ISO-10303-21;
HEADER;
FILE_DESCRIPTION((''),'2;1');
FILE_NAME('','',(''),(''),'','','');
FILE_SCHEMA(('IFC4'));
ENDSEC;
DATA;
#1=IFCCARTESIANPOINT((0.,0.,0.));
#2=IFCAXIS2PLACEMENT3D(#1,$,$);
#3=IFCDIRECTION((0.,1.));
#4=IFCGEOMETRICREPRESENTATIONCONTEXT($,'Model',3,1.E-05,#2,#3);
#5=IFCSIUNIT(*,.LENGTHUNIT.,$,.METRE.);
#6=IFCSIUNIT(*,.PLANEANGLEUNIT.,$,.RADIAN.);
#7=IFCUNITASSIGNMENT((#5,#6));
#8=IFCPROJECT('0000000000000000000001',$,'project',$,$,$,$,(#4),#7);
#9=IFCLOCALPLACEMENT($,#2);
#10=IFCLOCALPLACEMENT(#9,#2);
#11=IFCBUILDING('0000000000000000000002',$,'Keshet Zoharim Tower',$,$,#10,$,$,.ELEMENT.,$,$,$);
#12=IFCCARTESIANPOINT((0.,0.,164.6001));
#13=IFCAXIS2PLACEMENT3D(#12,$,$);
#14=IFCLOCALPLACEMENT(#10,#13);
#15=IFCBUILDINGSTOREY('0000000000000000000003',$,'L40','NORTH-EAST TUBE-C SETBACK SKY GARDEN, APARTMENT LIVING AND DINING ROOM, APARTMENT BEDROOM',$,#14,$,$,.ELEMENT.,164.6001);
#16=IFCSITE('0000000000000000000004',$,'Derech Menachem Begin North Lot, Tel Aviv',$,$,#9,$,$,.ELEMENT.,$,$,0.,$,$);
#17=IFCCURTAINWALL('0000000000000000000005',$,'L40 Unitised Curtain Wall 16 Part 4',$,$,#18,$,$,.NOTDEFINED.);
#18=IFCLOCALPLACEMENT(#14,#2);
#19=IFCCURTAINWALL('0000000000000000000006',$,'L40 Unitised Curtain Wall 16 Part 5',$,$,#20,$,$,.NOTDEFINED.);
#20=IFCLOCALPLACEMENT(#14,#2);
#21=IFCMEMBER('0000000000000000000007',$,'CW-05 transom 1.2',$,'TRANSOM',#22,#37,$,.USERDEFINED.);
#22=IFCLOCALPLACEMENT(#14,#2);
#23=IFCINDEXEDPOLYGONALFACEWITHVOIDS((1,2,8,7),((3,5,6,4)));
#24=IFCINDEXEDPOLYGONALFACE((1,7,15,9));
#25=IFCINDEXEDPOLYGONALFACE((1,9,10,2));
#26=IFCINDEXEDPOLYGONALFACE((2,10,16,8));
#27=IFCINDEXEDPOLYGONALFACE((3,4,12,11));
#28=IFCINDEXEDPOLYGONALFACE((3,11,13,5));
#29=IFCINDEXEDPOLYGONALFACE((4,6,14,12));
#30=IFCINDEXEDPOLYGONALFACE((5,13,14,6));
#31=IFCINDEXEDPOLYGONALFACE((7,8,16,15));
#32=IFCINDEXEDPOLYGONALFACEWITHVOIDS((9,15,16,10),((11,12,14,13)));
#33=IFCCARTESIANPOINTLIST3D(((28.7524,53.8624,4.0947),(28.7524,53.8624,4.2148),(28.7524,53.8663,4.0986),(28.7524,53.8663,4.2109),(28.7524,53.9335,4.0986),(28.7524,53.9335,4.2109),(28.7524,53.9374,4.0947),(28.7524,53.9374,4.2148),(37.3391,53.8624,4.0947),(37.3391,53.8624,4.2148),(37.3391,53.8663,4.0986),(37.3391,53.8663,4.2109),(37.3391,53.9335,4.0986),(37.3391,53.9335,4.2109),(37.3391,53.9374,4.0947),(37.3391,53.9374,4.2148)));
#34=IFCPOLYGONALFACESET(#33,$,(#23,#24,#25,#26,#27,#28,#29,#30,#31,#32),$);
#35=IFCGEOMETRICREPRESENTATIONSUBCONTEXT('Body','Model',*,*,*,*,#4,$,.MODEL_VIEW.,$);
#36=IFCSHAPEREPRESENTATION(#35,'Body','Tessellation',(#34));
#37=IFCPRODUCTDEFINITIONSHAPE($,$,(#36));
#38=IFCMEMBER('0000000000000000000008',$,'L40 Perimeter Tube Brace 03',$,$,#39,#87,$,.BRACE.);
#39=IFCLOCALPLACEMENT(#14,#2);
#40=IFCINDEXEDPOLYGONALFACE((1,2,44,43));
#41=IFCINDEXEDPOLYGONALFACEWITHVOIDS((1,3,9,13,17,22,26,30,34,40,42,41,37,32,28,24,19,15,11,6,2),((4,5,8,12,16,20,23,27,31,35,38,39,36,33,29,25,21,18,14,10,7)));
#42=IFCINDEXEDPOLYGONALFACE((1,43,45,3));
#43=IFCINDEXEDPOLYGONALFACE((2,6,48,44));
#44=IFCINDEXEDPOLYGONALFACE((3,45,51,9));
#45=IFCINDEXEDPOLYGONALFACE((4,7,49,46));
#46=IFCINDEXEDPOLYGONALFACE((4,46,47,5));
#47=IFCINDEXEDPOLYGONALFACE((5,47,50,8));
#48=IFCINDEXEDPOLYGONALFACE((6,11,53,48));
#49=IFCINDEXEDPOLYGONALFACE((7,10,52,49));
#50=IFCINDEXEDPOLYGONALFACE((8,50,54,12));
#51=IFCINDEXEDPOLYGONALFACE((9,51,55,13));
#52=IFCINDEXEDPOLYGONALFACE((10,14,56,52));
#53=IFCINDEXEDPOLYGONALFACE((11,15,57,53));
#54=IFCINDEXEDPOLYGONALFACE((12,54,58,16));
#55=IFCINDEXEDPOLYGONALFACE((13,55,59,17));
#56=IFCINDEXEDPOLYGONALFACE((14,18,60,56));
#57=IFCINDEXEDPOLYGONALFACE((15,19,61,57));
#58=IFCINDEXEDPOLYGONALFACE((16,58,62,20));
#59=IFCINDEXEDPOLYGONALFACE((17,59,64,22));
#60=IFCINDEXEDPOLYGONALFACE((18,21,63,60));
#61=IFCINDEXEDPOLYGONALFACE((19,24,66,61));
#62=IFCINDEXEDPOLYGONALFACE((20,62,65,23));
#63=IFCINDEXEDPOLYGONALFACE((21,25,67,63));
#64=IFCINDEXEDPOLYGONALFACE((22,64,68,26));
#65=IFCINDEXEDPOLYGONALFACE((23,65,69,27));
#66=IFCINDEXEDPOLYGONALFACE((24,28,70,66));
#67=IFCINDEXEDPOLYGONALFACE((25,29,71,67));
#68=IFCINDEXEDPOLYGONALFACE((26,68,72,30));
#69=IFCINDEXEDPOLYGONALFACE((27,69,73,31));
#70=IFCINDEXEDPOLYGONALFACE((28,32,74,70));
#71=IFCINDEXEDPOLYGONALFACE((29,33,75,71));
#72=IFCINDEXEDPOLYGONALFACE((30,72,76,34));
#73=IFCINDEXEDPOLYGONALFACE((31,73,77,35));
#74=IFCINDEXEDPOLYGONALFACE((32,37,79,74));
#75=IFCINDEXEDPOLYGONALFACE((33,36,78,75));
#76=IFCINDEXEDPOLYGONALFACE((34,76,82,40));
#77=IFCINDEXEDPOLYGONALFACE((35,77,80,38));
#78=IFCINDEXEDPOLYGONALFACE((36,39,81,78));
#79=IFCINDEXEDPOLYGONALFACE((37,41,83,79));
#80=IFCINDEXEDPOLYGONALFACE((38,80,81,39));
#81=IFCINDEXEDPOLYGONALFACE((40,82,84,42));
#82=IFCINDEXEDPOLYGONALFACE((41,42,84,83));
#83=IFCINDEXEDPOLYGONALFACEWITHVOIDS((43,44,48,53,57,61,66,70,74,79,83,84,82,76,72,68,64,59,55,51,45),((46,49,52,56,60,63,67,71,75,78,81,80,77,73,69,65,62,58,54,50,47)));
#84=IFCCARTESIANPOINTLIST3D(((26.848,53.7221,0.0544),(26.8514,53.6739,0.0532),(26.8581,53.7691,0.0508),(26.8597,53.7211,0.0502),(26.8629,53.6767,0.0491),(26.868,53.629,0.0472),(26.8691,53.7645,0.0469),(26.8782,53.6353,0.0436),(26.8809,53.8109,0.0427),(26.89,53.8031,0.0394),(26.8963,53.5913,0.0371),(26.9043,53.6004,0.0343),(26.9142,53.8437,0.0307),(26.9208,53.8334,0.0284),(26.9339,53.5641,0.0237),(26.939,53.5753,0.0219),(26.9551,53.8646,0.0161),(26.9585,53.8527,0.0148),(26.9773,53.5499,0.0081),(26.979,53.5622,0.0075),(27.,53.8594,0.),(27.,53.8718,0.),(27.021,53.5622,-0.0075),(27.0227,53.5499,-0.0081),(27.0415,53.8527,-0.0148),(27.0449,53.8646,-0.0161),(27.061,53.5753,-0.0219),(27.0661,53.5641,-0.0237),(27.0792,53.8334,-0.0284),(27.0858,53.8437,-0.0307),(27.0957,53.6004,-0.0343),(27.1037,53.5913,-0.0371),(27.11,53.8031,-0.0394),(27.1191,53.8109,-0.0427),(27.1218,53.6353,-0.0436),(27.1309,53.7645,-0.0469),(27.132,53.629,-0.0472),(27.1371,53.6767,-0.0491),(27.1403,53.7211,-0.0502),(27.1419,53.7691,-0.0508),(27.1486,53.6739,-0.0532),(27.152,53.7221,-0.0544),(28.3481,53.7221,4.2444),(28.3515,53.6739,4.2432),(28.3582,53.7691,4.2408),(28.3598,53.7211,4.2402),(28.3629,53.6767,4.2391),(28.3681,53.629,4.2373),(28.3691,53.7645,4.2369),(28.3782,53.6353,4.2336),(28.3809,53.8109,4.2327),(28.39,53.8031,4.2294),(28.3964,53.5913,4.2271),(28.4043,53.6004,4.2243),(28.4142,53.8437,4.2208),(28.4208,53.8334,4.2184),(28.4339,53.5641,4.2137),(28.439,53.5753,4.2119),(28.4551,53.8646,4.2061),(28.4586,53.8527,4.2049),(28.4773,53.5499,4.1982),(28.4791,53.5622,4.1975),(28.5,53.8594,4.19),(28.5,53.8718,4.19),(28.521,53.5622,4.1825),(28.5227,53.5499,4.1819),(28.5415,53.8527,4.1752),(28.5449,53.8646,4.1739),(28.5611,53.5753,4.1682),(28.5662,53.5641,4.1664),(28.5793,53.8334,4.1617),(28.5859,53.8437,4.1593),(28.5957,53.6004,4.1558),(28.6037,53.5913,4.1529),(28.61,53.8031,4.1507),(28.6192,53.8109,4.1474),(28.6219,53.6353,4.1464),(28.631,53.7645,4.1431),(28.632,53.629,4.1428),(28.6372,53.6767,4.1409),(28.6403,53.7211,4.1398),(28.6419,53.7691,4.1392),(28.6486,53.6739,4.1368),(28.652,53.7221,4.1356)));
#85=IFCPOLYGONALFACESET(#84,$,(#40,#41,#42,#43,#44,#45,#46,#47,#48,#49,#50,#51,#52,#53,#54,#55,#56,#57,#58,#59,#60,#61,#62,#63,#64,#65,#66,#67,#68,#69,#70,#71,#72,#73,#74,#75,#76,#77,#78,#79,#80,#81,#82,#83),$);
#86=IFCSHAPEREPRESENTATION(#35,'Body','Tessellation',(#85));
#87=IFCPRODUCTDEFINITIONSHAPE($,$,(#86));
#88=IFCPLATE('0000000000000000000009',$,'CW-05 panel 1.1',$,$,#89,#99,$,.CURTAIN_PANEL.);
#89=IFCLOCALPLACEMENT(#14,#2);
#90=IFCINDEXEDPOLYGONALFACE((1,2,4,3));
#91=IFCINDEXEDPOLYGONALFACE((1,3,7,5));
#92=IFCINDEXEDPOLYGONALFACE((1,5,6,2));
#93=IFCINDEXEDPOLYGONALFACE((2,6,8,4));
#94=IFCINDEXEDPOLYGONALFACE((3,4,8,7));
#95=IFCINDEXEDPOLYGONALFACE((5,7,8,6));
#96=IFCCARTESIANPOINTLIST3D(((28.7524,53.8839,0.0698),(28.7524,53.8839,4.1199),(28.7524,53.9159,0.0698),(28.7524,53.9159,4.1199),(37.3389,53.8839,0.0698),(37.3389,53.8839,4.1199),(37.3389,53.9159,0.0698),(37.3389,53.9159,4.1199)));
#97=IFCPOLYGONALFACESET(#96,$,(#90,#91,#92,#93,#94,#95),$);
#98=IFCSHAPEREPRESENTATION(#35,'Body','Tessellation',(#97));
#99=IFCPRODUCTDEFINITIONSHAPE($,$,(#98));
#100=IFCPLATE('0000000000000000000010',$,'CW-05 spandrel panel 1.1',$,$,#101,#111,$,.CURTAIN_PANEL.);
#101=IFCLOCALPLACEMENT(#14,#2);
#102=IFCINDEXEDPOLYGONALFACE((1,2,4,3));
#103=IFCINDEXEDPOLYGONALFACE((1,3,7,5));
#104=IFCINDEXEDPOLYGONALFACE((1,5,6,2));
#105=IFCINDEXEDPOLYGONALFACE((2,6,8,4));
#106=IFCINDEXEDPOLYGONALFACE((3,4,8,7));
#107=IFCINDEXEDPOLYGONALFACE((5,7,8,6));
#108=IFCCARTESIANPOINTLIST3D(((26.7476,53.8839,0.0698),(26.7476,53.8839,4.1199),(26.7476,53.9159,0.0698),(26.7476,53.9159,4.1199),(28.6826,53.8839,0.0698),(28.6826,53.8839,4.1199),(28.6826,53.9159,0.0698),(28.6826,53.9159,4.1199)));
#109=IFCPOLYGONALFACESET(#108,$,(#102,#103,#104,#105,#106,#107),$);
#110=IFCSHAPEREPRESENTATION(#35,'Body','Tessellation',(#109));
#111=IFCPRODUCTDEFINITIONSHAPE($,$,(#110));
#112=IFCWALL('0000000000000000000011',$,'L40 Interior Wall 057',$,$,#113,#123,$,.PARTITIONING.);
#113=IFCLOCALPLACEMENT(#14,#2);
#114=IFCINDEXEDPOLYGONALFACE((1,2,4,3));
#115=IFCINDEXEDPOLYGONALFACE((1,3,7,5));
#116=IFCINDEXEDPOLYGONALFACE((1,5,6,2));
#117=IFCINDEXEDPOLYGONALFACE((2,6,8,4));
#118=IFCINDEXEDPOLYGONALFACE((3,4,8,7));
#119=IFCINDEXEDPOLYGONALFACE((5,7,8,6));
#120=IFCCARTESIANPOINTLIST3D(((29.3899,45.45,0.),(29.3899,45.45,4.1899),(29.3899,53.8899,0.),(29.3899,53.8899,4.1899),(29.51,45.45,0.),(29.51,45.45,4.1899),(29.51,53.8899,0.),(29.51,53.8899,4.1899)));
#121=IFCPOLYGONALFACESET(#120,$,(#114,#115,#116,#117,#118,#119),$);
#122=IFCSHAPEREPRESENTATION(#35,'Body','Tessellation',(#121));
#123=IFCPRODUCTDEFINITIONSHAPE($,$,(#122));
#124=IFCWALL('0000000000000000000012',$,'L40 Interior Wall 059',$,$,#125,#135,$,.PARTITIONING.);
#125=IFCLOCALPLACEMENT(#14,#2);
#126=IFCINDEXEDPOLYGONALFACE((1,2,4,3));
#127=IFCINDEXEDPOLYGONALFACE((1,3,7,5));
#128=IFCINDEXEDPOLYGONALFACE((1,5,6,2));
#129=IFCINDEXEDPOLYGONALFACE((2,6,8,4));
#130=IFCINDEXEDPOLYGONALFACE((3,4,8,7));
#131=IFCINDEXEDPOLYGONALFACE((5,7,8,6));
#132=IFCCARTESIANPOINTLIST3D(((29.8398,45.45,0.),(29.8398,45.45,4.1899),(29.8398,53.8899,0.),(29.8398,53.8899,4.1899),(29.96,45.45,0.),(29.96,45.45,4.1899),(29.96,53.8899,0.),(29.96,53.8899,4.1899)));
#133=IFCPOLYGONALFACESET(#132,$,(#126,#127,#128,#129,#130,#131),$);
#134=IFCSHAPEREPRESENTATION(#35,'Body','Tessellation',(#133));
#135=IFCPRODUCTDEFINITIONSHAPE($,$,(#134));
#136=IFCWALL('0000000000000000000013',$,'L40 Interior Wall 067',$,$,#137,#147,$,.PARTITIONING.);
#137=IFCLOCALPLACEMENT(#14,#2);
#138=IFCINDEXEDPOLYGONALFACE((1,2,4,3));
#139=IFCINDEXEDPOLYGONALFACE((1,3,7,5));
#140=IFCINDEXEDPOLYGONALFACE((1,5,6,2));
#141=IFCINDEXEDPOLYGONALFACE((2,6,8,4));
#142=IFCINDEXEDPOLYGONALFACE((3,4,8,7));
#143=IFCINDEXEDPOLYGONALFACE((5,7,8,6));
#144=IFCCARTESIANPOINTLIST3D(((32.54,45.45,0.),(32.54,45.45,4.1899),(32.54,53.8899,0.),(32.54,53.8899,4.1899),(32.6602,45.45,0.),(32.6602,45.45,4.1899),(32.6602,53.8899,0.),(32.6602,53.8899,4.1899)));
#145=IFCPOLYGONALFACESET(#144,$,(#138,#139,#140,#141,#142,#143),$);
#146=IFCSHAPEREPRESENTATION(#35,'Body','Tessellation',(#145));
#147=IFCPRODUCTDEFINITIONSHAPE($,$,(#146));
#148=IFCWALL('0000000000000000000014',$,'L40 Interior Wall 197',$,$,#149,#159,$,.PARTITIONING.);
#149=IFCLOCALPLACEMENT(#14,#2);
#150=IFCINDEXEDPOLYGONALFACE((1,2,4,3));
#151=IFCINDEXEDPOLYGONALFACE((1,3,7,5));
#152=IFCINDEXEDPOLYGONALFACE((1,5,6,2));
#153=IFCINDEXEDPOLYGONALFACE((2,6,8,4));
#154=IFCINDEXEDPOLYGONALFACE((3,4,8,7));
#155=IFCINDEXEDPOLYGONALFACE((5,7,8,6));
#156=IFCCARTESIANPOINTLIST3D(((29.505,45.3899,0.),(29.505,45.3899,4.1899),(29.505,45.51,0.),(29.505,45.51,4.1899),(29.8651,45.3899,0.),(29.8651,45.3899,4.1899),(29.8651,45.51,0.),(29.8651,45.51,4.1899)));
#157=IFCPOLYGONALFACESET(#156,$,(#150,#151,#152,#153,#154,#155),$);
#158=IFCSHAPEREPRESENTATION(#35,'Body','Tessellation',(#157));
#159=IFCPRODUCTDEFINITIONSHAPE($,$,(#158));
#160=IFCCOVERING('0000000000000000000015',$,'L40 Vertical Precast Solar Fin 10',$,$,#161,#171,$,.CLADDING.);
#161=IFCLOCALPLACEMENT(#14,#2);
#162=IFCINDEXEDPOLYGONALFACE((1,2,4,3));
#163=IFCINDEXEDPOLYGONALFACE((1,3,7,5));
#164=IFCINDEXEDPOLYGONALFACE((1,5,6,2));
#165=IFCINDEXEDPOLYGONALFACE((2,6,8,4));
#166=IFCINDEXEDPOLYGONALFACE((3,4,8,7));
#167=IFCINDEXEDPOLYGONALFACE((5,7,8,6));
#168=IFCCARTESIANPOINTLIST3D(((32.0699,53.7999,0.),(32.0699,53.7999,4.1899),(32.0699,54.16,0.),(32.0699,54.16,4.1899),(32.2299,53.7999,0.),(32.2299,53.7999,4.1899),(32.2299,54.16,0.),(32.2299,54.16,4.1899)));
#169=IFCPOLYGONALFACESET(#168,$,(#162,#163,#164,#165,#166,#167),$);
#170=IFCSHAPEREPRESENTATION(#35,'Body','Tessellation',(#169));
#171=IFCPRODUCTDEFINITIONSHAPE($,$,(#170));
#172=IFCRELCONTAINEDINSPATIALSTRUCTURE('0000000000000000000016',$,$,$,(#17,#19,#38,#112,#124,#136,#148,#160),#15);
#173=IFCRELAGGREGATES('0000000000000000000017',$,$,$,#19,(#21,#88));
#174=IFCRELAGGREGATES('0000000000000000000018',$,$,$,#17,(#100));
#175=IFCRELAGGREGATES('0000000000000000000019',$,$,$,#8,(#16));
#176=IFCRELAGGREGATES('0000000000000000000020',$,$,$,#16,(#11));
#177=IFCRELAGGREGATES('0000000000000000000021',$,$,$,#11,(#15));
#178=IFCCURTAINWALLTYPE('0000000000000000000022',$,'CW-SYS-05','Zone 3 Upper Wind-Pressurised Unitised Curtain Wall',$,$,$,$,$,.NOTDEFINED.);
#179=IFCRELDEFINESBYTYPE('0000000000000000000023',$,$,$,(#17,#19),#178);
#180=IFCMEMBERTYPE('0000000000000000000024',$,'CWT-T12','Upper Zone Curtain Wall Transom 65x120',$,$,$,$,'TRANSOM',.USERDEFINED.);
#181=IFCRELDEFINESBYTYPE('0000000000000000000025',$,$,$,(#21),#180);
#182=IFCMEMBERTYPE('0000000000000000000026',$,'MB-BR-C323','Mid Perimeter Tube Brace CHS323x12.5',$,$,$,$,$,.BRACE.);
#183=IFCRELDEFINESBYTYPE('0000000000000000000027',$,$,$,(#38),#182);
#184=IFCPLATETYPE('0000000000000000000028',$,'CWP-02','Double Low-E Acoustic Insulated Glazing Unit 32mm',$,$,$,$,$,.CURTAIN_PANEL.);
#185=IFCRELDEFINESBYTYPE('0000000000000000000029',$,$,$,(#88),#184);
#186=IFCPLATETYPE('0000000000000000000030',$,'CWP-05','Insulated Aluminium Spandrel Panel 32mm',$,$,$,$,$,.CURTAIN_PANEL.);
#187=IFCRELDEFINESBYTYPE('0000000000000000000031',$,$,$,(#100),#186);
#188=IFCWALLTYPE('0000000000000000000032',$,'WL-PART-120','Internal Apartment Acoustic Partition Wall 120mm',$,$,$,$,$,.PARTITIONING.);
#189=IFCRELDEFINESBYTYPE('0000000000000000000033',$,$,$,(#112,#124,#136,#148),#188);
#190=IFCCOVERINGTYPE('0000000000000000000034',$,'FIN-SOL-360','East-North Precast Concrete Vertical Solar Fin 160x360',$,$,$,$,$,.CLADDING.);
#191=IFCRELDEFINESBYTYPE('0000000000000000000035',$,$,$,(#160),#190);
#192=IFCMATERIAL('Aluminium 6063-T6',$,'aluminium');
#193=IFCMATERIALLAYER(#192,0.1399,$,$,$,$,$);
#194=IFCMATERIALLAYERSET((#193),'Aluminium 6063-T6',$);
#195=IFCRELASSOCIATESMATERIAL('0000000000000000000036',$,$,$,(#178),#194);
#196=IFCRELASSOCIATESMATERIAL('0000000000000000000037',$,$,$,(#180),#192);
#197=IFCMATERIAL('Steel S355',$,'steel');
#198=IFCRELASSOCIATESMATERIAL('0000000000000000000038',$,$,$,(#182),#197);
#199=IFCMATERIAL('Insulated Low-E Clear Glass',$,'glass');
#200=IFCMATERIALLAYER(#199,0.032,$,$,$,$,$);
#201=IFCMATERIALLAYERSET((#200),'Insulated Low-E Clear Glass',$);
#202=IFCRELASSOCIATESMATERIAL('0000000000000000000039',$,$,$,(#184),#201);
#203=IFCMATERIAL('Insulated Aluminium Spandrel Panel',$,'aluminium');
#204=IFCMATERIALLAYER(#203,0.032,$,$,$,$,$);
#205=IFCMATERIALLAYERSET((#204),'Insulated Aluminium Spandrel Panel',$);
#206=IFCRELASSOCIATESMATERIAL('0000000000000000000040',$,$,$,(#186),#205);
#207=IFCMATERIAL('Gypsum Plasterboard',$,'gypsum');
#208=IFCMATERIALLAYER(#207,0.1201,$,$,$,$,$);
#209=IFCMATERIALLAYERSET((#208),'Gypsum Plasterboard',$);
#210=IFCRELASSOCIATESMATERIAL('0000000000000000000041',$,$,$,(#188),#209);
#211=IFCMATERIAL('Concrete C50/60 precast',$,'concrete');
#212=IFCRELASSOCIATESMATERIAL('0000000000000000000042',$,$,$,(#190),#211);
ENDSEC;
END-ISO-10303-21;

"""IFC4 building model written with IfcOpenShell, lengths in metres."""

from ifc_helpers import new_model, si_unit, direction, frame, frame_2d, origin, origin_2d, place, context, subcontext, project, spatial, rectangle, hollow_rectangle, hollow_circle, extrude, material, layer, layer_set, material_profile, profile_set, type_object, element, aggregate, save


model = new_model("IFC4")

# Units and contexts
model_context = context("Model", 3, precision=1e-05, world=origin(), true_north=direction((0.0, 1.0)))
body_context = subcontext(model_context, "Body", "Model", "MODEL_VIEW")
ifc_project = project(units=[si_unit("LENGTHUNIT", "METRE"), si_unit("PLANEANGLEUNIT", "RADIAN")], contexts=[model_context])

# Site, building, storey
site_placement = place(None, origin())
site = spatial("IfcSite", under=ifc_project, at=site_placement, Name="Derech Menachem Begin North Lot, Tel Aviv", CompositionType="ELEMENT", RefElevation=0.0)
building_placement = place(site_placement, origin())
building = spatial("IfcBuilding", under=site, at=building_placement, Name="Keshet Zoharim Tower", CompositionType="ELEMENT")
storey_placement = place(building_placement, frame((0.0, 0.0, 164.6001)))
storey = spatial("IfcBuildingStorey", under=building, at=storey_placement, Name="L40", Description="NORTH-EAST TUBE-C SETBACK SKY GARDEN, APARTMENT LIVING AND DINING ROOM, APARTMENT BEDROOM", CompositionType="ELEMENT", Elevation=164.6001)

# Shared definitions
ifc_material_1 = material(Name="Steel S355", Category="steel")

# Curtain wall
ifc_material_2 = material(Name="Aluminium 6063-T6", Category="aluminium")
ifc_layer_1 = layer(ifc_material_2, 0.1399)
ifc_layer_set_1 = layer_set([ifc_layer_1], Name="Aluminium 6063-T6")
curtain_wall_type = type_object("IfcCurtainWallType", Name="CW-SYS-05", Description="Zone 3 Upper Wind-Pressurised Unitised Curtain Wall", PredefinedType="NOTDEFINED", material=ifc_layer_set_1)
curtain_wall_1_placement = place(storey_placement, origin())
curtain_wall_1 = element("IfcCurtainWall", 1, at=curtain_wall_1_placement, inside=storey, type_object=curtain_wall_type, Name="L40 Unitised Curtain Wall 16 Part 4", PredefinedType="NOTDEFINED")

# Curtain wall, member
curtain_wall_2_placement = place(storey_placement, origin())
curtain_wall_2 = element("IfcCurtainWall", 2, at=curtain_wall_2_placement, inside=storey, type_object=curtain_wall_type, Name="L40 Unitised Curtain Wall 16 Part 5", PredefinedType="NOTDEFINED")
ifc_material_profile_1 = material_profile(ifc_material_2, hollow_rectangle(XDim=0.075, YDim=0.1201, WallThickness=0.0039, at=origin_2d()), Name="TRN-75x120")
ifc_profile_set_1 = profile_set([ifc_material_profile_1], Name="Aluminium 6063-T6")
member_type_1 = type_object("IfcMemberType", Name="CWT-T12", Description="Upper Zone Curtain Wall Transom 65x120", ElementType="TRANSOM", PredefinedType="USERDEFINED", material=ifc_profile_set_1)
member_1_placement = place(storey_placement, frame((28.7524, 53.8999, 4.1548), z_axis=(1.0, 0.0, 0.0), x_axis=(0.0, 1.0, 0.0)))
member_1 = element("IfcMember", 3, at=member_1_placement, type_object=member_type_1, Name="CW-05 transom 1.2", ObjectType="TRANSOM", PredefinedType="USERDEFINED", context=body_context, shape_type="SweptSolid", body=[
    extrude(hollow_rectangle(XDim=0.075, YDim=0.1201, WallThickness=0.0039, at=origin_2d()), origin(), (0.0, 0.0, 1.0), 8.5867),
])

# Member
ifc_material_profile_2 = material_profile(ifc_material_1, hollow_circle(Radius=0.1619, WallThickness=0.0125, at=origin_2d()), Name="CHS323x12.5")
ifc_profile_set_2 = profile_set([ifc_material_profile_2], Name="Steel S355")
member_type_2 = type_object("IfcMemberType", Name="MB-BR-C323", Description="Mid Perimeter Tube Brace CHS323x12.5", PredefinedType="BRACE", material=ifc_profile_set_2)
member_2_placement = place(storey_placement, frame((27.0, 53.71, 0.0), z_axis=(0.337052, 0.0, 0.941486), x_axis=(0.0, 1.0, 0.0)))
element("IfcMember", 4, at=member_2_placement, inside=storey, type_object=member_type_2, Name="L40 Perimeter Tube Brace 03", PredefinedType="BRACE", context=body_context, shape_type="SweptSolid", body=[
    extrude(hollow_circle(Radius=0.1619, WallThickness=0.0125, at=origin_2d()), origin(), (0.0, 0.0, 1.0), 4.4504),
])

# Plates
ifc_material_3 = material(Name="Insulated Low-E Clear Glass", Category="glass")
ifc_layer_2 = layer(ifc_material_3, 0.032)
ifc_layer_set_2 = layer_set([ifc_layer_2], Name="Insulated Low-E Clear Glass")
plate_type_1 = type_object("IfcPlateType", Name="CWP-02", Description="Double Low-E Acoustic Insulated Glazing Unit 32mm", PredefinedType="CURTAIN_PANEL", material=ifc_layer_set_2)
plate_1_placement = place(storey_placement, frame((33.0457, 53.8999, 0.0698), z_axis=(0.0, 0.0, 1.0), x_axis=(1.0, 0.0, 0.0)))
plate_1 = element("IfcPlate", 5, at=plate_1_placement, type_object=plate_type_1, Name="CW-05 panel 1.1", PredefinedType="CURTAIN_PANEL", context=body_context, shape_type="SweptSolid", body=[
    extrude(rectangle(XDim=8.5864, YDim=0.032, at=origin_2d()), origin(), (0.0, 0.0, 1.0), 4.05),
])
aggregate(curtain_wall_2, [member_1, plate_1])
ifc_material_4 = material(Name="Insulated Aluminium Spandrel Panel", Category="aluminium")
ifc_layer_3 = layer(ifc_material_4, 0.032)
ifc_layer_set_3 = layer_set([ifc_layer_3], Name="Insulated Aluminium Spandrel Panel")
plate_type_2 = type_object("IfcPlateType", Name="CWP-05", Description="Insulated Aluminium Spandrel Panel 32mm", PredefinedType="CURTAIN_PANEL", material=ifc_layer_set_3)
plate_2_placement = place(storey_placement, frame((27.7151, 53.8999, 0.0698), z_axis=(0.0, 0.0, 1.0), x_axis=(1.0, 0.0, 0.0)))
plate_2 = element("IfcPlate", 6, at=plate_2_placement, type_object=plate_type_2, Name="CW-05 spandrel panel 1.1", PredefinedType="CURTAIN_PANEL", context=body_context, shape_type="SweptSolid", body=[
    extrude(rectangle(XDim=1.9351, YDim=0.032, at=origin_2d()), origin(), (0.0, 0.0, 1.0), 4.05),
])
aggregate(curtain_wall_1, [plate_2])

# Walls
ifc_material_5 = material(Name="Gypsum Plasterboard", Category="gypsum")
ifc_layer_4 = layer(ifc_material_5, 0.1201)
ifc_layer_set_4 = layer_set([ifc_layer_4], Name="Gypsum Plasterboard")
wall_type = type_object("IfcWallType", Name="WL-PART-120", Description="Internal Apartment Acoustic Partition Wall 120mm", PredefinedType="PARTITIONING", material=ifc_layer_set_4)
for number, where, z_axis, x_axis, name in (
    (7, (29.45, 45.45, 0.0), (0.0, 0.0, 1.0), (0.0, 1.0, 0.0), "L40 Interior Wall 057"),
    (8, (29.8999, 45.45, 0.0), (0.0, 0.0, 1.0), (0.0, 1.0, 0.0), "L40 Interior Wall 059"),
    (9, (32.6001, 45.45, 0.0), (0.0, 0.0, 1.0), (0.0, 1.0, 0.0), "L40 Interior Wall 067"),
):
    element("IfcWall", number, at=place(storey_placement, frame(where, z_axis=z_axis, x_axis=x_axis)), inside=storey, type_object=wall_type, Name=name, PredefinedType="PARTITIONING", context=body_context, shape_type="SweptSolid", body=[
        extrude(rectangle(XDim=8.4399, YDim=0.1201, at=frame_2d((4.22, 0.0))), origin(), (0.0, 0.0, 1.0), 4.1899),
    ])
wall_1_placement = place(storey_placement, frame((29.5049, 45.45, 0.0), z_axis=(0.0, 0.0, 1.0), x_axis=(1.0, 0.0, 0.0)))
element("IfcWall", 10, at=wall_1_placement, inside=storey, type_object=wall_type, Name="L40 Interior Wall 197", PredefinedType="PARTITIONING", context=body_context, shape_type="SweptSolid", body=[
    extrude(rectangle(XDim=0.3601, YDim=0.1201, at=frame_2d((0.1802, 0.0))), origin(), (0.0, 0.0, 1.0), 4.1899),
])

# Covering
ifc_material_6 = material(Name="Concrete C50/60 precast", Category="concrete")
covering_type = type_object("IfcCoveringType", Name="FIN-SOL-360", Description="East-North Precast Concrete Vertical Solar Fin 160x360", PredefinedType="CLADDING", material=ifc_material_6)
covering_placement = place(storey_placement, frame((32.1499, 53.98, 0.0), z_axis=(0.0, 0.0, 1.0), x_axis=(1.0, 0.0, 0.0)))
element("IfcCovering", 11, at=covering_placement, inside=storey, type_object=covering_type, Name="L40 Vertical Precast Solar Fin 10", PredefinedType="CLADDING", context=body_context, shape_type="SweptSolid", body=[
    extrude(rectangle(XDim=0.1599, YDim=0.3601, at=origin_2d()), origin(), (0.0, 0.0, 1.0), 4.1899),
])

save(model, "model.ifc")
